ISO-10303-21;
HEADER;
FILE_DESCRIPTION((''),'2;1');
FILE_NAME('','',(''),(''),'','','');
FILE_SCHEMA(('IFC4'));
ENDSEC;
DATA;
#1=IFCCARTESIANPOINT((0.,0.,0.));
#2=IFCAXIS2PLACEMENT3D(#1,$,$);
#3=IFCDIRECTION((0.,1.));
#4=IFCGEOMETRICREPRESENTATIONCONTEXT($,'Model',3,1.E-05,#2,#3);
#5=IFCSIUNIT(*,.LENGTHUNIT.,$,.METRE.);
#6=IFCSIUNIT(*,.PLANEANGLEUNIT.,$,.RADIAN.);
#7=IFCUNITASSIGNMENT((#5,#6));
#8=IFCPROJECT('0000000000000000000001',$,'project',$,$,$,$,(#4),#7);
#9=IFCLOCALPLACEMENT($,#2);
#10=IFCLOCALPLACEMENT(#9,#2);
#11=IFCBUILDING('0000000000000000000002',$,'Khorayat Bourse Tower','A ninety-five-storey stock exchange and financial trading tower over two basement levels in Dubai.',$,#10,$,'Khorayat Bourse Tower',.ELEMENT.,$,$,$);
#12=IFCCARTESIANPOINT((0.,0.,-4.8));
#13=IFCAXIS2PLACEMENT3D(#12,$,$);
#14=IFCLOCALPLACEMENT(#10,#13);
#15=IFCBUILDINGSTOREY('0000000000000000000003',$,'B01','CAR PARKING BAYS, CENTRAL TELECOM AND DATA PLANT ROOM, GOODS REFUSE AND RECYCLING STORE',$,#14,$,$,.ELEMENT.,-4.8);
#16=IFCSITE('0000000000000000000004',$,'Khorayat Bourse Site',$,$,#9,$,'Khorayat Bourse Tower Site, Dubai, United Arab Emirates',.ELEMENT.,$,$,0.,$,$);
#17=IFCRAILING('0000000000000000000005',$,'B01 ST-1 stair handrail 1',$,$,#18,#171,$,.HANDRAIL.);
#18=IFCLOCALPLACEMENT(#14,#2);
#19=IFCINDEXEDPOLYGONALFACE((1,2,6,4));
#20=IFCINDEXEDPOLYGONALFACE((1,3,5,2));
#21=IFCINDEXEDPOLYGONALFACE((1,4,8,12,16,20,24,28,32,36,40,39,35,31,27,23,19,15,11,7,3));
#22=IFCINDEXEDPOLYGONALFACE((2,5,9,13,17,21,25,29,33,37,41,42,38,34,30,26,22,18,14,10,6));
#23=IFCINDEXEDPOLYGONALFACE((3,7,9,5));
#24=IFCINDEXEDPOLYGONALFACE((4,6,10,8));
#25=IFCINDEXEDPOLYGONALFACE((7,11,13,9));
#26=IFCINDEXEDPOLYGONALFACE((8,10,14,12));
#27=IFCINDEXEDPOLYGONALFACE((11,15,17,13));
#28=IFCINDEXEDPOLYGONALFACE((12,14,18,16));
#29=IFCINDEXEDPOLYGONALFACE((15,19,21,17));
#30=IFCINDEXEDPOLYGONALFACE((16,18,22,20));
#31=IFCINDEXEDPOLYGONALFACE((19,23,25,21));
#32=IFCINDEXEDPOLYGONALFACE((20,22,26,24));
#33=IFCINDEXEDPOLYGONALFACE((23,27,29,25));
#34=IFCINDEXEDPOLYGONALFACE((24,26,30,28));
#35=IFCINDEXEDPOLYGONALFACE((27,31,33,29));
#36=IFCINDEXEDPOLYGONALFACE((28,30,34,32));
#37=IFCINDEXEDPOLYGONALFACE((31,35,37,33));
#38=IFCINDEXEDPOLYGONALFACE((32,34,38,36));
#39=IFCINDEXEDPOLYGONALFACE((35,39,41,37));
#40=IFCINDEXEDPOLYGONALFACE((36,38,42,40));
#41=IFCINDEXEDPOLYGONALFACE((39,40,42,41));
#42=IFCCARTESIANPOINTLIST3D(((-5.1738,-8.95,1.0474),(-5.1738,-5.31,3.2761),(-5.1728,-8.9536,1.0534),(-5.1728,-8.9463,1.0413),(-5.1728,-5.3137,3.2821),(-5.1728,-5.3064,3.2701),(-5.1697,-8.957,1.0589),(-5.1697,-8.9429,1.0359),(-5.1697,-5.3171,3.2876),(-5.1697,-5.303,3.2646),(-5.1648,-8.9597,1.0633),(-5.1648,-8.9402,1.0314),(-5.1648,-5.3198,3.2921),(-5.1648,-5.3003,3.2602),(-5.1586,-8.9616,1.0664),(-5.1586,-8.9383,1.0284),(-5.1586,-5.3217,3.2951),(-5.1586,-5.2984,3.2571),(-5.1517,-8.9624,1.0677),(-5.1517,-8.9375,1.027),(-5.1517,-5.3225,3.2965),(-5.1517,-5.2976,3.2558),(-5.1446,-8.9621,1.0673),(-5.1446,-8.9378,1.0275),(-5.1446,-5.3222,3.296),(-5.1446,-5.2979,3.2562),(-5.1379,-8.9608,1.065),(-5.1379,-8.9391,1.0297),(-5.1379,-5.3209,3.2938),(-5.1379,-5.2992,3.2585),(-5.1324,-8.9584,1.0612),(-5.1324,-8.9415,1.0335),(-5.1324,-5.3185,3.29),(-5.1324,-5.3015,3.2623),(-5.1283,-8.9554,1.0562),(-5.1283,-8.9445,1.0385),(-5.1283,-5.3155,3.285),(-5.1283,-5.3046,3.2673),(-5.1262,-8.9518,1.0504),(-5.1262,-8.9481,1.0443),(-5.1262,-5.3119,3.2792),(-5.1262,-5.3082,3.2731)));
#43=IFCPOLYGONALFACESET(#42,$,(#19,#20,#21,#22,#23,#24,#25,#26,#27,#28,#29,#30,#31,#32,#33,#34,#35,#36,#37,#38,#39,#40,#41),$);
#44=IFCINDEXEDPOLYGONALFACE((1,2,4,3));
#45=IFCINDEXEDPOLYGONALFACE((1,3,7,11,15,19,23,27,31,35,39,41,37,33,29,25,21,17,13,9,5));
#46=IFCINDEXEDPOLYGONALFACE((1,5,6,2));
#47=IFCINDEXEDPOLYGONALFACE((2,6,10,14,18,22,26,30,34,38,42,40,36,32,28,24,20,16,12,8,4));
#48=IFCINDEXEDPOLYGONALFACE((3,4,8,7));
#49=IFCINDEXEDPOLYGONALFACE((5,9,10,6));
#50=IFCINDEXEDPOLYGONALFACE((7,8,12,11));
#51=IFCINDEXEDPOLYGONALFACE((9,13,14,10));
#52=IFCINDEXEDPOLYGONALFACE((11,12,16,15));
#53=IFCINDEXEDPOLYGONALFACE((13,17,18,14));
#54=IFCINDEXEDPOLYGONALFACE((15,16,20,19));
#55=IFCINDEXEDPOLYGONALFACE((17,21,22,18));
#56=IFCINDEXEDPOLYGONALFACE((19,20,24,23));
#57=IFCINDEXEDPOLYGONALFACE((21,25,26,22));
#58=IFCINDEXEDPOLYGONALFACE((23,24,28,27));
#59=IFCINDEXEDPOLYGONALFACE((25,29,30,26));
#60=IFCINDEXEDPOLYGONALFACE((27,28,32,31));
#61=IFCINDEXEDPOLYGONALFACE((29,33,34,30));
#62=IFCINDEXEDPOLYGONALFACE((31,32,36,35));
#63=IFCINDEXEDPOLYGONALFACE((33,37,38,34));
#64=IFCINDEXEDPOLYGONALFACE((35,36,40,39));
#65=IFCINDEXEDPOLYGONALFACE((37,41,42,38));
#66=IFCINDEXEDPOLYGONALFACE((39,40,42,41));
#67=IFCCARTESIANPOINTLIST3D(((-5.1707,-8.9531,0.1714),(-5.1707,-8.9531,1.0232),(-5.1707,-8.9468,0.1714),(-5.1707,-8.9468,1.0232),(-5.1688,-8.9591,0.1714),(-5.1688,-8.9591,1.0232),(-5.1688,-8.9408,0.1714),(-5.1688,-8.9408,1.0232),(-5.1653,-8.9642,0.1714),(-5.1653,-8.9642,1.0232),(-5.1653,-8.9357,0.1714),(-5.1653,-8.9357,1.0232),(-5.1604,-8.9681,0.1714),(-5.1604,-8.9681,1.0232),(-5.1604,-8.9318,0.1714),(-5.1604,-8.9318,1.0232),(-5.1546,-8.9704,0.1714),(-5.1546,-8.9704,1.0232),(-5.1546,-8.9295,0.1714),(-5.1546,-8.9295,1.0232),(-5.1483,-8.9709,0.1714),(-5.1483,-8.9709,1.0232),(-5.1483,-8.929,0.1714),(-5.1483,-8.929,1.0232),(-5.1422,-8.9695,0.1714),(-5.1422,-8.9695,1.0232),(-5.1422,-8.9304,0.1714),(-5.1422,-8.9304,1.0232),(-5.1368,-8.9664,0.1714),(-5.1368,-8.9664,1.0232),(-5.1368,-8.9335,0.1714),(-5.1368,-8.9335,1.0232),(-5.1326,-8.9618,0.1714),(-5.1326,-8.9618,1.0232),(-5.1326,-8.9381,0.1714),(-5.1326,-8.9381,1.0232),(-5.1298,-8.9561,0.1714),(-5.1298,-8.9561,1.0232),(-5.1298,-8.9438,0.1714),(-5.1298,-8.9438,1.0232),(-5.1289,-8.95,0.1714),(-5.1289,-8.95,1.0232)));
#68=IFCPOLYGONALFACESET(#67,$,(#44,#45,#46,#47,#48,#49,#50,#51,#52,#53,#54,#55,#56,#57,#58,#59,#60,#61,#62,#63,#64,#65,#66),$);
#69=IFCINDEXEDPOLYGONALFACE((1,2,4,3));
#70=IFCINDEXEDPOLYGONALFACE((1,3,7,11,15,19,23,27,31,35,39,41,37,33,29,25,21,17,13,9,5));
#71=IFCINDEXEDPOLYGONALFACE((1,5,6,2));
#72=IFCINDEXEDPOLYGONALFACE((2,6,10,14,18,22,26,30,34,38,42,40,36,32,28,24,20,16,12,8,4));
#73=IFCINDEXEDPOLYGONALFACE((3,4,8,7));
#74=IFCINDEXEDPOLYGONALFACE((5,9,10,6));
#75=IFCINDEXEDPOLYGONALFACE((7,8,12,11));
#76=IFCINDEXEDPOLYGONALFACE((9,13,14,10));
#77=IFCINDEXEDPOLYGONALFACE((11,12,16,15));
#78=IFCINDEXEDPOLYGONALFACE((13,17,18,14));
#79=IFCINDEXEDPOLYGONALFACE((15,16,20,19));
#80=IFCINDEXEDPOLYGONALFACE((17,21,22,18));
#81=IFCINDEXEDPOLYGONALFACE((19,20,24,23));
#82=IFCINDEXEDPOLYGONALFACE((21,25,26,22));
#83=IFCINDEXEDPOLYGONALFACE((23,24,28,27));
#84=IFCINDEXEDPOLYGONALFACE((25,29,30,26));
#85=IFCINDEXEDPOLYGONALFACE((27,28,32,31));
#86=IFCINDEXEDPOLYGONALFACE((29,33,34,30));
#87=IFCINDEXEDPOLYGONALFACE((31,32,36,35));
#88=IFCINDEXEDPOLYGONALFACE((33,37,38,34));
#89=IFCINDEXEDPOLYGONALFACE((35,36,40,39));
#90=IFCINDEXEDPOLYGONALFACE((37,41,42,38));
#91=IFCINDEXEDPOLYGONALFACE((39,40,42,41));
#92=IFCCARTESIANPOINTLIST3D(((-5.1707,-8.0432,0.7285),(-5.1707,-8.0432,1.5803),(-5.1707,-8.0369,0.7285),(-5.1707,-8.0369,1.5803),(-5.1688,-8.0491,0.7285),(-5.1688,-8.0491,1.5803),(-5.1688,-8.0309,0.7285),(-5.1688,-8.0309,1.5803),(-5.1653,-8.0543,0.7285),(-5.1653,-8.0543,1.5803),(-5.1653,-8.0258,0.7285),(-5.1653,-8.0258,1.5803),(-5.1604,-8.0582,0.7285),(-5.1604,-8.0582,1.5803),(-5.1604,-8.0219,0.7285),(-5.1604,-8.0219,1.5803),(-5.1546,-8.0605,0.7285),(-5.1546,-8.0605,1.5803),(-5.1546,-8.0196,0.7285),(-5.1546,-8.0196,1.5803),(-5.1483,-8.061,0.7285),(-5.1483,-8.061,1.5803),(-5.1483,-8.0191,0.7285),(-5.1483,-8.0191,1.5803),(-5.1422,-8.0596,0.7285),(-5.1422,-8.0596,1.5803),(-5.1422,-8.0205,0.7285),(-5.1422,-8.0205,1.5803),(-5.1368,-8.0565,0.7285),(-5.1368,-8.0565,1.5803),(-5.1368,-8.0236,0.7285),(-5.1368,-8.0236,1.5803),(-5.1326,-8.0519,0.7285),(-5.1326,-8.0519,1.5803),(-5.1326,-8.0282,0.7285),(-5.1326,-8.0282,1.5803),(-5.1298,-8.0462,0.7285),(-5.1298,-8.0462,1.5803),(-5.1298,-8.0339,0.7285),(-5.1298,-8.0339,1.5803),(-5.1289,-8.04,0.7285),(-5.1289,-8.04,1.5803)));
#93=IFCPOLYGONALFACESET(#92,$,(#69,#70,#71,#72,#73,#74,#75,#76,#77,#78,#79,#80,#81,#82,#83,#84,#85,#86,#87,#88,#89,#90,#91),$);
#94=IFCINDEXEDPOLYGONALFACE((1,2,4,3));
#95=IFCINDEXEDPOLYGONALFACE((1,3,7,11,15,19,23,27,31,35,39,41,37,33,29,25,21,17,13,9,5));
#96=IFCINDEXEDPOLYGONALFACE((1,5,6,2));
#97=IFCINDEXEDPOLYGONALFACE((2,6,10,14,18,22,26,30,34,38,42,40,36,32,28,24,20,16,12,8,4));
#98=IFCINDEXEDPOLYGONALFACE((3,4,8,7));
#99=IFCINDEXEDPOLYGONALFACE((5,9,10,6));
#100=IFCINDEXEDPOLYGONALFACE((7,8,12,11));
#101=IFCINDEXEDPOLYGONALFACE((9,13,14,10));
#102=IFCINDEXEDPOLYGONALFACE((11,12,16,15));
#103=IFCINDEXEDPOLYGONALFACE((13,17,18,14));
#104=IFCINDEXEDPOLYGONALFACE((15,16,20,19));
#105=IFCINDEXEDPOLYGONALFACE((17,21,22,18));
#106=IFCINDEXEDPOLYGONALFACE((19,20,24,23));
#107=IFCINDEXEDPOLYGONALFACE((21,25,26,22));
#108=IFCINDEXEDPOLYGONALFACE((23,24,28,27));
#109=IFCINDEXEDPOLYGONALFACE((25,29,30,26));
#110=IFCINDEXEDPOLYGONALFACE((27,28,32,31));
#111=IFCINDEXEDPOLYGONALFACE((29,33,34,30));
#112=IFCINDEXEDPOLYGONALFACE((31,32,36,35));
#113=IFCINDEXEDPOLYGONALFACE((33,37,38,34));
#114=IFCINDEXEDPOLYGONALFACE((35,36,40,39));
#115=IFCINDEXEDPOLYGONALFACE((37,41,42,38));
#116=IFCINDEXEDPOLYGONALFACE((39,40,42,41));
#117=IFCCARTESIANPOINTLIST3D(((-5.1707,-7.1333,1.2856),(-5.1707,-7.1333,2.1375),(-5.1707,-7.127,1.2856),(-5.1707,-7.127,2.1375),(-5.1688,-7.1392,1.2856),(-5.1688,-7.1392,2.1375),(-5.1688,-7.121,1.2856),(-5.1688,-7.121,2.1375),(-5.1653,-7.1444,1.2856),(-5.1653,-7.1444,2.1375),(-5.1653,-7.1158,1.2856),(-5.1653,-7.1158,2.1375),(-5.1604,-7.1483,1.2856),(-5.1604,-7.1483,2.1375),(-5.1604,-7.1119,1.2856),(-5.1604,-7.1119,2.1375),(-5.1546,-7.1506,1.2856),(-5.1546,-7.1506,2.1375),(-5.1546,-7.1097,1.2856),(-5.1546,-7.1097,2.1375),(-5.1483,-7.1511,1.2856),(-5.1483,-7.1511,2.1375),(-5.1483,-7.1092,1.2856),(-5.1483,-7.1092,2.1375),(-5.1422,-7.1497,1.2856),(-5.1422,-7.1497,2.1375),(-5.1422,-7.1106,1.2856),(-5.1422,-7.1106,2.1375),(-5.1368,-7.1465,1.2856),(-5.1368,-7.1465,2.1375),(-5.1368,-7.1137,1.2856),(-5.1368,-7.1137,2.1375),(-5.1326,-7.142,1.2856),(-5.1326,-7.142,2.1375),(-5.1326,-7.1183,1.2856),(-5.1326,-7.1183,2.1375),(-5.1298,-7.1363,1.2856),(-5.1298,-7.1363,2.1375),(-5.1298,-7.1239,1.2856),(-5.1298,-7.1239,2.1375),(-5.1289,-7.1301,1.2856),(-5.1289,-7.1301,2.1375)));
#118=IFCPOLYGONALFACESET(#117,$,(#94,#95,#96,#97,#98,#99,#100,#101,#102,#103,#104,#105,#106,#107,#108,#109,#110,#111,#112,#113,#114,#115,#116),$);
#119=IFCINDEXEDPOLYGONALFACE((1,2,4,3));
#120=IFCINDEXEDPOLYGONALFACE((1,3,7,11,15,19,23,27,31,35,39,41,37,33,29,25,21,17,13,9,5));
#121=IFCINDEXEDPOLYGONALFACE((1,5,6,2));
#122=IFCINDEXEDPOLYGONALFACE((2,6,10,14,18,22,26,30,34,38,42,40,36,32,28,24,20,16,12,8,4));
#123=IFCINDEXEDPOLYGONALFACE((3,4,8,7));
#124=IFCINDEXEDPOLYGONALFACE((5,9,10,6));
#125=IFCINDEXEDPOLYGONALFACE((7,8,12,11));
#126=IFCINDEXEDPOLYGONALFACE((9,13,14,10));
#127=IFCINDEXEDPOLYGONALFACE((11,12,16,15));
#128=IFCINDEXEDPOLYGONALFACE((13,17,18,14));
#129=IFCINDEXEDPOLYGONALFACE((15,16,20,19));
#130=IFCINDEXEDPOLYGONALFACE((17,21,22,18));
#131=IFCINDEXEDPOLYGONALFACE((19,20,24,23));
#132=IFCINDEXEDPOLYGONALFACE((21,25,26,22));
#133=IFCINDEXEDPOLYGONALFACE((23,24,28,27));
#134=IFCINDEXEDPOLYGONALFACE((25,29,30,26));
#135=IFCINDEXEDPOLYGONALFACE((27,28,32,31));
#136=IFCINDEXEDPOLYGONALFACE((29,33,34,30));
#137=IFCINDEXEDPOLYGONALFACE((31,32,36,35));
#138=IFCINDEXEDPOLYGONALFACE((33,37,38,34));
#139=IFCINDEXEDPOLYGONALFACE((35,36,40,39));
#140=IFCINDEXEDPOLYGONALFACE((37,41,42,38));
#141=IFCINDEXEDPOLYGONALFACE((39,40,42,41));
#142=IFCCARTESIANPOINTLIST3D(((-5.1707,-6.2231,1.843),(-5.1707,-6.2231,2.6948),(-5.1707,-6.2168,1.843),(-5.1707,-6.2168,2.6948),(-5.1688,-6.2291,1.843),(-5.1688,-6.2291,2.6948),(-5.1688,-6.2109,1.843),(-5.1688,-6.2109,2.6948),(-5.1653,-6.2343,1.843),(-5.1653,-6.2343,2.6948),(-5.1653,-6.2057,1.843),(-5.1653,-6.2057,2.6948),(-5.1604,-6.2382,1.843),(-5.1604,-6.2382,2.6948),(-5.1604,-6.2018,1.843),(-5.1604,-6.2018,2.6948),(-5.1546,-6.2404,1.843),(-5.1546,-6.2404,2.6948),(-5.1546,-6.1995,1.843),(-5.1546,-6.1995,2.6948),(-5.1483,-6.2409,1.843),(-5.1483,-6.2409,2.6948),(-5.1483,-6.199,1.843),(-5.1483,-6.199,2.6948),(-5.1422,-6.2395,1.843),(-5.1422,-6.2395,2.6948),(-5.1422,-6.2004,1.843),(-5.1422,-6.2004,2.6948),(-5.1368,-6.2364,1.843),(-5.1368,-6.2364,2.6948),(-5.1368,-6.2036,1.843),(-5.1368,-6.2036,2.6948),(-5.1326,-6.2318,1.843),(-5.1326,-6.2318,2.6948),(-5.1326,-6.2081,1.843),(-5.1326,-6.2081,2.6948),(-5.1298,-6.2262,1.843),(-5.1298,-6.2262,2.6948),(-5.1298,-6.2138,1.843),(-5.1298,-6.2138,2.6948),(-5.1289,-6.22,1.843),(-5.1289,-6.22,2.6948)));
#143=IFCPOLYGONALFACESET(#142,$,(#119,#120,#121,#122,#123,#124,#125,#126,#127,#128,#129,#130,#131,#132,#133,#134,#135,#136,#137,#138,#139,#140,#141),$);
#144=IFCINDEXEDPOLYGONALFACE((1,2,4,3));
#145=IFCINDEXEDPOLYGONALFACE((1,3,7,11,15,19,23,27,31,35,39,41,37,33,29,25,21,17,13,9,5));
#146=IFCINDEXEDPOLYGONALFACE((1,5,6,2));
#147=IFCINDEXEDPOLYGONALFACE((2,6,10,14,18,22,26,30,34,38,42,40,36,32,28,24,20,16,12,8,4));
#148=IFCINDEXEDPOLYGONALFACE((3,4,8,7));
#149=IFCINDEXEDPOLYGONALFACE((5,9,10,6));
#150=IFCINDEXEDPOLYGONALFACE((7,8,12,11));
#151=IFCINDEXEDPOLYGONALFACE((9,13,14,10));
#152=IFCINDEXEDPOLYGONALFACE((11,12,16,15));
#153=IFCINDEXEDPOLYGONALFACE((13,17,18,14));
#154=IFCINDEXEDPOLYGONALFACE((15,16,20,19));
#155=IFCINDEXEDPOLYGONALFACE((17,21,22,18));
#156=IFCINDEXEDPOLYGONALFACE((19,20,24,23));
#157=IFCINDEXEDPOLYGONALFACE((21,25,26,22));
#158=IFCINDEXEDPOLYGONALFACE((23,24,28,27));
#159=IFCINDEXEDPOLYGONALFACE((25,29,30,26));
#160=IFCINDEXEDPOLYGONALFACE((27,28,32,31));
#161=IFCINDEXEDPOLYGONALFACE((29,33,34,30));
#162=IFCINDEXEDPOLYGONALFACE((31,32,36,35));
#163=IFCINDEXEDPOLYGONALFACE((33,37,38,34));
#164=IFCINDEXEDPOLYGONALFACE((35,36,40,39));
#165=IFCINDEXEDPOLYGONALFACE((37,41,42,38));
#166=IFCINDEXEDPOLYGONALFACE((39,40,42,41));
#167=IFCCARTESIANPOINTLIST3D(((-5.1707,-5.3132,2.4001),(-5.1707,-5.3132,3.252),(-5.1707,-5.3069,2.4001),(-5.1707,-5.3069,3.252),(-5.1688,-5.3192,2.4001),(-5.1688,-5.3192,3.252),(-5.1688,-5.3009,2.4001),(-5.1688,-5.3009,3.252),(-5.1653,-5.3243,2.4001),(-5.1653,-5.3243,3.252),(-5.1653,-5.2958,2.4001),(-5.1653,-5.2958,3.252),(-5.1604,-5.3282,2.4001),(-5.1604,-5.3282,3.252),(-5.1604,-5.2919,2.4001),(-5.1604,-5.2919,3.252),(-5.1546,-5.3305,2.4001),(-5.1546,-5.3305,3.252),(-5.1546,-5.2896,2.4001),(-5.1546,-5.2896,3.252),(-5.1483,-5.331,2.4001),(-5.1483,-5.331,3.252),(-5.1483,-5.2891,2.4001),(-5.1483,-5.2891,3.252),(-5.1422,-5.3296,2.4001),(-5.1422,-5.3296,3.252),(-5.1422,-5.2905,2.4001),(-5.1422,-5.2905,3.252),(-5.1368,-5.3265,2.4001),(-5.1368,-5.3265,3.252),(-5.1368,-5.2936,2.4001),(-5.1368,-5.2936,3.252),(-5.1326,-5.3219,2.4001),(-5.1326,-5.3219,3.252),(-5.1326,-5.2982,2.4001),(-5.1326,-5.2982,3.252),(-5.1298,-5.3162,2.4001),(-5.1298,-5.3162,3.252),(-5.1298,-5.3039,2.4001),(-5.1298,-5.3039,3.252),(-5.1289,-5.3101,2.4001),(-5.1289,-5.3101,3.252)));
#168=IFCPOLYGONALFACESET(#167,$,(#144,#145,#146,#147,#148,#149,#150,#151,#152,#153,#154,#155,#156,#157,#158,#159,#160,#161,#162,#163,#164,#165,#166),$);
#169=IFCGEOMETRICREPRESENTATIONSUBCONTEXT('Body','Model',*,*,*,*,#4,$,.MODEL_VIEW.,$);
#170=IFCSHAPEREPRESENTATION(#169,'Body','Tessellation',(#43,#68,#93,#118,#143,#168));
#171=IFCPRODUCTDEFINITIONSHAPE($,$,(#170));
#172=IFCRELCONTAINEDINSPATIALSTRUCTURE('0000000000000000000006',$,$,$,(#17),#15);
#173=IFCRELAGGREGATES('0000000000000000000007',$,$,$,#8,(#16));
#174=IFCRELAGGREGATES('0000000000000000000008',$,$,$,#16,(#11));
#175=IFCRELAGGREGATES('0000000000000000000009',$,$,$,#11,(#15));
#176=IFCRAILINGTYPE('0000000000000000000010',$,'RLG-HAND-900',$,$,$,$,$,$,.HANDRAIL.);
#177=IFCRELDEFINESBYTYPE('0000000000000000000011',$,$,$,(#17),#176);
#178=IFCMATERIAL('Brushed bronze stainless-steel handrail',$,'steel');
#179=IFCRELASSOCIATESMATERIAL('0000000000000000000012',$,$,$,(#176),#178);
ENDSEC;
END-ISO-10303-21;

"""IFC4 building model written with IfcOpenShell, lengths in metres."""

from ifc_helpers import new_model, si_unit, direction, frame, origin, origin_2d, place, context, subcontext, project, spatial, circle, extrude, source, transform, mapped, material, type_object, element, save


model = new_model("IFC4")

# Units and contexts
model_context = context("Model", 3, precision=1e-05, world=origin(), true_north=direction((0.0, 1.0)))
body_context = subcontext(model_context, "Body", "Model", "MODEL_VIEW")
ifc_project = project(units=[si_unit("LENGTHUNIT", "METRE"), si_unit("PLANEANGLEUNIT", "RADIAN")], contexts=[model_context])

# Site, building, storey
site_placement = place(None, origin())
site = spatial("IfcSite", under=ifc_project, at=site_placement, Name="Khorayat Bourse Site", LongName="Khorayat Bourse Tower Site, Dubai, United Arab Emirates", CompositionType="ELEMENT", RefElevation=0.0)
building_placement = place(site_placement, origin())
building = spatial("IfcBuilding", under=site, at=building_placement, Name="Khorayat Bourse Tower", Description="A ninety-five-storey stock exchange and financial trading tower over two basement levels in Dubai.", LongName="Khorayat Bourse Tower", CompositionType="ELEMENT")
storey_placement = place(building_placement, frame((0.0, 0.0, -4.8)))
storey = spatial("IfcBuildingStorey", under=building, at=storey_placement, Name="B01", Description="CAR PARKING BAYS, CENTRAL TELECOM AND DATA PLANT ROOM, GOODS REFUSE AND RECYCLING STORE", CompositionType="ELEMENT", Elevation=-4.8)

# Railing
ifc_material_1 = material(Name="Brushed bronze stainless-steel handrail", Category="steel")
railing_type_1 = type_object("IfcRailingType", Name="RLG-HAND-900", PredefinedType="HANDRAIL", material=ifc_material_1)
shared_shape_1 = source(origin(), body_context, "Body", "SweptSolid", [
    extrude(circle(Radius=0.0239, at=origin_2d()), frame((0.0, 0.0, 0.876), z_axis=(0.0, 0.852825, 0.522197), x_axis=(-1.0, 0.0, 0.0)), (0.0, 0.0, 1.0), 4.2681),
    extrude(circle(Radius=0.021, at=origin_2d()), origin(), (0.0, 0.0, 1.0), 0.8518),
    extrude(circle(Radius=0.021, at=origin_2d()), frame((0.0, 0.9099, 0.5571)), (0.0, 0.0, 1.0), 0.8518),
    extrude(circle(Radius=0.021, at=origin_2d()), frame((0.0, 1.8198, 1.1143)), (0.0, 0.0, 1.0), 0.8518),
    extrude(circle(Radius=0.021, at=origin_2d()), frame((0.0, 2.73, 1.6716)), (0.0, 0.0, 1.0), 0.8518),
    extrude(circle(Radius=0.021, at=origin_2d()), frame((0.0, 3.6399, 2.2288)), (0.0, 0.0, 1.0), 0.8518),
])
railing_1_placement = place(storey_placement, frame((-5.1499, -8.95, 0.1714)))
element("IfcRailing", 1, at=railing_1_placement, inside=storey, type_object=railing_type_1, Name="B01 ST-1 stair handrail 1", PredefinedType="HANDRAIL", context=body_context, shape_type="MappedRepresentation", body=[
    mapped(shared_shape_1, transform((0.0, 0.0, 0.0), scale=1.0)),
])

save(model, "model.ifc")
